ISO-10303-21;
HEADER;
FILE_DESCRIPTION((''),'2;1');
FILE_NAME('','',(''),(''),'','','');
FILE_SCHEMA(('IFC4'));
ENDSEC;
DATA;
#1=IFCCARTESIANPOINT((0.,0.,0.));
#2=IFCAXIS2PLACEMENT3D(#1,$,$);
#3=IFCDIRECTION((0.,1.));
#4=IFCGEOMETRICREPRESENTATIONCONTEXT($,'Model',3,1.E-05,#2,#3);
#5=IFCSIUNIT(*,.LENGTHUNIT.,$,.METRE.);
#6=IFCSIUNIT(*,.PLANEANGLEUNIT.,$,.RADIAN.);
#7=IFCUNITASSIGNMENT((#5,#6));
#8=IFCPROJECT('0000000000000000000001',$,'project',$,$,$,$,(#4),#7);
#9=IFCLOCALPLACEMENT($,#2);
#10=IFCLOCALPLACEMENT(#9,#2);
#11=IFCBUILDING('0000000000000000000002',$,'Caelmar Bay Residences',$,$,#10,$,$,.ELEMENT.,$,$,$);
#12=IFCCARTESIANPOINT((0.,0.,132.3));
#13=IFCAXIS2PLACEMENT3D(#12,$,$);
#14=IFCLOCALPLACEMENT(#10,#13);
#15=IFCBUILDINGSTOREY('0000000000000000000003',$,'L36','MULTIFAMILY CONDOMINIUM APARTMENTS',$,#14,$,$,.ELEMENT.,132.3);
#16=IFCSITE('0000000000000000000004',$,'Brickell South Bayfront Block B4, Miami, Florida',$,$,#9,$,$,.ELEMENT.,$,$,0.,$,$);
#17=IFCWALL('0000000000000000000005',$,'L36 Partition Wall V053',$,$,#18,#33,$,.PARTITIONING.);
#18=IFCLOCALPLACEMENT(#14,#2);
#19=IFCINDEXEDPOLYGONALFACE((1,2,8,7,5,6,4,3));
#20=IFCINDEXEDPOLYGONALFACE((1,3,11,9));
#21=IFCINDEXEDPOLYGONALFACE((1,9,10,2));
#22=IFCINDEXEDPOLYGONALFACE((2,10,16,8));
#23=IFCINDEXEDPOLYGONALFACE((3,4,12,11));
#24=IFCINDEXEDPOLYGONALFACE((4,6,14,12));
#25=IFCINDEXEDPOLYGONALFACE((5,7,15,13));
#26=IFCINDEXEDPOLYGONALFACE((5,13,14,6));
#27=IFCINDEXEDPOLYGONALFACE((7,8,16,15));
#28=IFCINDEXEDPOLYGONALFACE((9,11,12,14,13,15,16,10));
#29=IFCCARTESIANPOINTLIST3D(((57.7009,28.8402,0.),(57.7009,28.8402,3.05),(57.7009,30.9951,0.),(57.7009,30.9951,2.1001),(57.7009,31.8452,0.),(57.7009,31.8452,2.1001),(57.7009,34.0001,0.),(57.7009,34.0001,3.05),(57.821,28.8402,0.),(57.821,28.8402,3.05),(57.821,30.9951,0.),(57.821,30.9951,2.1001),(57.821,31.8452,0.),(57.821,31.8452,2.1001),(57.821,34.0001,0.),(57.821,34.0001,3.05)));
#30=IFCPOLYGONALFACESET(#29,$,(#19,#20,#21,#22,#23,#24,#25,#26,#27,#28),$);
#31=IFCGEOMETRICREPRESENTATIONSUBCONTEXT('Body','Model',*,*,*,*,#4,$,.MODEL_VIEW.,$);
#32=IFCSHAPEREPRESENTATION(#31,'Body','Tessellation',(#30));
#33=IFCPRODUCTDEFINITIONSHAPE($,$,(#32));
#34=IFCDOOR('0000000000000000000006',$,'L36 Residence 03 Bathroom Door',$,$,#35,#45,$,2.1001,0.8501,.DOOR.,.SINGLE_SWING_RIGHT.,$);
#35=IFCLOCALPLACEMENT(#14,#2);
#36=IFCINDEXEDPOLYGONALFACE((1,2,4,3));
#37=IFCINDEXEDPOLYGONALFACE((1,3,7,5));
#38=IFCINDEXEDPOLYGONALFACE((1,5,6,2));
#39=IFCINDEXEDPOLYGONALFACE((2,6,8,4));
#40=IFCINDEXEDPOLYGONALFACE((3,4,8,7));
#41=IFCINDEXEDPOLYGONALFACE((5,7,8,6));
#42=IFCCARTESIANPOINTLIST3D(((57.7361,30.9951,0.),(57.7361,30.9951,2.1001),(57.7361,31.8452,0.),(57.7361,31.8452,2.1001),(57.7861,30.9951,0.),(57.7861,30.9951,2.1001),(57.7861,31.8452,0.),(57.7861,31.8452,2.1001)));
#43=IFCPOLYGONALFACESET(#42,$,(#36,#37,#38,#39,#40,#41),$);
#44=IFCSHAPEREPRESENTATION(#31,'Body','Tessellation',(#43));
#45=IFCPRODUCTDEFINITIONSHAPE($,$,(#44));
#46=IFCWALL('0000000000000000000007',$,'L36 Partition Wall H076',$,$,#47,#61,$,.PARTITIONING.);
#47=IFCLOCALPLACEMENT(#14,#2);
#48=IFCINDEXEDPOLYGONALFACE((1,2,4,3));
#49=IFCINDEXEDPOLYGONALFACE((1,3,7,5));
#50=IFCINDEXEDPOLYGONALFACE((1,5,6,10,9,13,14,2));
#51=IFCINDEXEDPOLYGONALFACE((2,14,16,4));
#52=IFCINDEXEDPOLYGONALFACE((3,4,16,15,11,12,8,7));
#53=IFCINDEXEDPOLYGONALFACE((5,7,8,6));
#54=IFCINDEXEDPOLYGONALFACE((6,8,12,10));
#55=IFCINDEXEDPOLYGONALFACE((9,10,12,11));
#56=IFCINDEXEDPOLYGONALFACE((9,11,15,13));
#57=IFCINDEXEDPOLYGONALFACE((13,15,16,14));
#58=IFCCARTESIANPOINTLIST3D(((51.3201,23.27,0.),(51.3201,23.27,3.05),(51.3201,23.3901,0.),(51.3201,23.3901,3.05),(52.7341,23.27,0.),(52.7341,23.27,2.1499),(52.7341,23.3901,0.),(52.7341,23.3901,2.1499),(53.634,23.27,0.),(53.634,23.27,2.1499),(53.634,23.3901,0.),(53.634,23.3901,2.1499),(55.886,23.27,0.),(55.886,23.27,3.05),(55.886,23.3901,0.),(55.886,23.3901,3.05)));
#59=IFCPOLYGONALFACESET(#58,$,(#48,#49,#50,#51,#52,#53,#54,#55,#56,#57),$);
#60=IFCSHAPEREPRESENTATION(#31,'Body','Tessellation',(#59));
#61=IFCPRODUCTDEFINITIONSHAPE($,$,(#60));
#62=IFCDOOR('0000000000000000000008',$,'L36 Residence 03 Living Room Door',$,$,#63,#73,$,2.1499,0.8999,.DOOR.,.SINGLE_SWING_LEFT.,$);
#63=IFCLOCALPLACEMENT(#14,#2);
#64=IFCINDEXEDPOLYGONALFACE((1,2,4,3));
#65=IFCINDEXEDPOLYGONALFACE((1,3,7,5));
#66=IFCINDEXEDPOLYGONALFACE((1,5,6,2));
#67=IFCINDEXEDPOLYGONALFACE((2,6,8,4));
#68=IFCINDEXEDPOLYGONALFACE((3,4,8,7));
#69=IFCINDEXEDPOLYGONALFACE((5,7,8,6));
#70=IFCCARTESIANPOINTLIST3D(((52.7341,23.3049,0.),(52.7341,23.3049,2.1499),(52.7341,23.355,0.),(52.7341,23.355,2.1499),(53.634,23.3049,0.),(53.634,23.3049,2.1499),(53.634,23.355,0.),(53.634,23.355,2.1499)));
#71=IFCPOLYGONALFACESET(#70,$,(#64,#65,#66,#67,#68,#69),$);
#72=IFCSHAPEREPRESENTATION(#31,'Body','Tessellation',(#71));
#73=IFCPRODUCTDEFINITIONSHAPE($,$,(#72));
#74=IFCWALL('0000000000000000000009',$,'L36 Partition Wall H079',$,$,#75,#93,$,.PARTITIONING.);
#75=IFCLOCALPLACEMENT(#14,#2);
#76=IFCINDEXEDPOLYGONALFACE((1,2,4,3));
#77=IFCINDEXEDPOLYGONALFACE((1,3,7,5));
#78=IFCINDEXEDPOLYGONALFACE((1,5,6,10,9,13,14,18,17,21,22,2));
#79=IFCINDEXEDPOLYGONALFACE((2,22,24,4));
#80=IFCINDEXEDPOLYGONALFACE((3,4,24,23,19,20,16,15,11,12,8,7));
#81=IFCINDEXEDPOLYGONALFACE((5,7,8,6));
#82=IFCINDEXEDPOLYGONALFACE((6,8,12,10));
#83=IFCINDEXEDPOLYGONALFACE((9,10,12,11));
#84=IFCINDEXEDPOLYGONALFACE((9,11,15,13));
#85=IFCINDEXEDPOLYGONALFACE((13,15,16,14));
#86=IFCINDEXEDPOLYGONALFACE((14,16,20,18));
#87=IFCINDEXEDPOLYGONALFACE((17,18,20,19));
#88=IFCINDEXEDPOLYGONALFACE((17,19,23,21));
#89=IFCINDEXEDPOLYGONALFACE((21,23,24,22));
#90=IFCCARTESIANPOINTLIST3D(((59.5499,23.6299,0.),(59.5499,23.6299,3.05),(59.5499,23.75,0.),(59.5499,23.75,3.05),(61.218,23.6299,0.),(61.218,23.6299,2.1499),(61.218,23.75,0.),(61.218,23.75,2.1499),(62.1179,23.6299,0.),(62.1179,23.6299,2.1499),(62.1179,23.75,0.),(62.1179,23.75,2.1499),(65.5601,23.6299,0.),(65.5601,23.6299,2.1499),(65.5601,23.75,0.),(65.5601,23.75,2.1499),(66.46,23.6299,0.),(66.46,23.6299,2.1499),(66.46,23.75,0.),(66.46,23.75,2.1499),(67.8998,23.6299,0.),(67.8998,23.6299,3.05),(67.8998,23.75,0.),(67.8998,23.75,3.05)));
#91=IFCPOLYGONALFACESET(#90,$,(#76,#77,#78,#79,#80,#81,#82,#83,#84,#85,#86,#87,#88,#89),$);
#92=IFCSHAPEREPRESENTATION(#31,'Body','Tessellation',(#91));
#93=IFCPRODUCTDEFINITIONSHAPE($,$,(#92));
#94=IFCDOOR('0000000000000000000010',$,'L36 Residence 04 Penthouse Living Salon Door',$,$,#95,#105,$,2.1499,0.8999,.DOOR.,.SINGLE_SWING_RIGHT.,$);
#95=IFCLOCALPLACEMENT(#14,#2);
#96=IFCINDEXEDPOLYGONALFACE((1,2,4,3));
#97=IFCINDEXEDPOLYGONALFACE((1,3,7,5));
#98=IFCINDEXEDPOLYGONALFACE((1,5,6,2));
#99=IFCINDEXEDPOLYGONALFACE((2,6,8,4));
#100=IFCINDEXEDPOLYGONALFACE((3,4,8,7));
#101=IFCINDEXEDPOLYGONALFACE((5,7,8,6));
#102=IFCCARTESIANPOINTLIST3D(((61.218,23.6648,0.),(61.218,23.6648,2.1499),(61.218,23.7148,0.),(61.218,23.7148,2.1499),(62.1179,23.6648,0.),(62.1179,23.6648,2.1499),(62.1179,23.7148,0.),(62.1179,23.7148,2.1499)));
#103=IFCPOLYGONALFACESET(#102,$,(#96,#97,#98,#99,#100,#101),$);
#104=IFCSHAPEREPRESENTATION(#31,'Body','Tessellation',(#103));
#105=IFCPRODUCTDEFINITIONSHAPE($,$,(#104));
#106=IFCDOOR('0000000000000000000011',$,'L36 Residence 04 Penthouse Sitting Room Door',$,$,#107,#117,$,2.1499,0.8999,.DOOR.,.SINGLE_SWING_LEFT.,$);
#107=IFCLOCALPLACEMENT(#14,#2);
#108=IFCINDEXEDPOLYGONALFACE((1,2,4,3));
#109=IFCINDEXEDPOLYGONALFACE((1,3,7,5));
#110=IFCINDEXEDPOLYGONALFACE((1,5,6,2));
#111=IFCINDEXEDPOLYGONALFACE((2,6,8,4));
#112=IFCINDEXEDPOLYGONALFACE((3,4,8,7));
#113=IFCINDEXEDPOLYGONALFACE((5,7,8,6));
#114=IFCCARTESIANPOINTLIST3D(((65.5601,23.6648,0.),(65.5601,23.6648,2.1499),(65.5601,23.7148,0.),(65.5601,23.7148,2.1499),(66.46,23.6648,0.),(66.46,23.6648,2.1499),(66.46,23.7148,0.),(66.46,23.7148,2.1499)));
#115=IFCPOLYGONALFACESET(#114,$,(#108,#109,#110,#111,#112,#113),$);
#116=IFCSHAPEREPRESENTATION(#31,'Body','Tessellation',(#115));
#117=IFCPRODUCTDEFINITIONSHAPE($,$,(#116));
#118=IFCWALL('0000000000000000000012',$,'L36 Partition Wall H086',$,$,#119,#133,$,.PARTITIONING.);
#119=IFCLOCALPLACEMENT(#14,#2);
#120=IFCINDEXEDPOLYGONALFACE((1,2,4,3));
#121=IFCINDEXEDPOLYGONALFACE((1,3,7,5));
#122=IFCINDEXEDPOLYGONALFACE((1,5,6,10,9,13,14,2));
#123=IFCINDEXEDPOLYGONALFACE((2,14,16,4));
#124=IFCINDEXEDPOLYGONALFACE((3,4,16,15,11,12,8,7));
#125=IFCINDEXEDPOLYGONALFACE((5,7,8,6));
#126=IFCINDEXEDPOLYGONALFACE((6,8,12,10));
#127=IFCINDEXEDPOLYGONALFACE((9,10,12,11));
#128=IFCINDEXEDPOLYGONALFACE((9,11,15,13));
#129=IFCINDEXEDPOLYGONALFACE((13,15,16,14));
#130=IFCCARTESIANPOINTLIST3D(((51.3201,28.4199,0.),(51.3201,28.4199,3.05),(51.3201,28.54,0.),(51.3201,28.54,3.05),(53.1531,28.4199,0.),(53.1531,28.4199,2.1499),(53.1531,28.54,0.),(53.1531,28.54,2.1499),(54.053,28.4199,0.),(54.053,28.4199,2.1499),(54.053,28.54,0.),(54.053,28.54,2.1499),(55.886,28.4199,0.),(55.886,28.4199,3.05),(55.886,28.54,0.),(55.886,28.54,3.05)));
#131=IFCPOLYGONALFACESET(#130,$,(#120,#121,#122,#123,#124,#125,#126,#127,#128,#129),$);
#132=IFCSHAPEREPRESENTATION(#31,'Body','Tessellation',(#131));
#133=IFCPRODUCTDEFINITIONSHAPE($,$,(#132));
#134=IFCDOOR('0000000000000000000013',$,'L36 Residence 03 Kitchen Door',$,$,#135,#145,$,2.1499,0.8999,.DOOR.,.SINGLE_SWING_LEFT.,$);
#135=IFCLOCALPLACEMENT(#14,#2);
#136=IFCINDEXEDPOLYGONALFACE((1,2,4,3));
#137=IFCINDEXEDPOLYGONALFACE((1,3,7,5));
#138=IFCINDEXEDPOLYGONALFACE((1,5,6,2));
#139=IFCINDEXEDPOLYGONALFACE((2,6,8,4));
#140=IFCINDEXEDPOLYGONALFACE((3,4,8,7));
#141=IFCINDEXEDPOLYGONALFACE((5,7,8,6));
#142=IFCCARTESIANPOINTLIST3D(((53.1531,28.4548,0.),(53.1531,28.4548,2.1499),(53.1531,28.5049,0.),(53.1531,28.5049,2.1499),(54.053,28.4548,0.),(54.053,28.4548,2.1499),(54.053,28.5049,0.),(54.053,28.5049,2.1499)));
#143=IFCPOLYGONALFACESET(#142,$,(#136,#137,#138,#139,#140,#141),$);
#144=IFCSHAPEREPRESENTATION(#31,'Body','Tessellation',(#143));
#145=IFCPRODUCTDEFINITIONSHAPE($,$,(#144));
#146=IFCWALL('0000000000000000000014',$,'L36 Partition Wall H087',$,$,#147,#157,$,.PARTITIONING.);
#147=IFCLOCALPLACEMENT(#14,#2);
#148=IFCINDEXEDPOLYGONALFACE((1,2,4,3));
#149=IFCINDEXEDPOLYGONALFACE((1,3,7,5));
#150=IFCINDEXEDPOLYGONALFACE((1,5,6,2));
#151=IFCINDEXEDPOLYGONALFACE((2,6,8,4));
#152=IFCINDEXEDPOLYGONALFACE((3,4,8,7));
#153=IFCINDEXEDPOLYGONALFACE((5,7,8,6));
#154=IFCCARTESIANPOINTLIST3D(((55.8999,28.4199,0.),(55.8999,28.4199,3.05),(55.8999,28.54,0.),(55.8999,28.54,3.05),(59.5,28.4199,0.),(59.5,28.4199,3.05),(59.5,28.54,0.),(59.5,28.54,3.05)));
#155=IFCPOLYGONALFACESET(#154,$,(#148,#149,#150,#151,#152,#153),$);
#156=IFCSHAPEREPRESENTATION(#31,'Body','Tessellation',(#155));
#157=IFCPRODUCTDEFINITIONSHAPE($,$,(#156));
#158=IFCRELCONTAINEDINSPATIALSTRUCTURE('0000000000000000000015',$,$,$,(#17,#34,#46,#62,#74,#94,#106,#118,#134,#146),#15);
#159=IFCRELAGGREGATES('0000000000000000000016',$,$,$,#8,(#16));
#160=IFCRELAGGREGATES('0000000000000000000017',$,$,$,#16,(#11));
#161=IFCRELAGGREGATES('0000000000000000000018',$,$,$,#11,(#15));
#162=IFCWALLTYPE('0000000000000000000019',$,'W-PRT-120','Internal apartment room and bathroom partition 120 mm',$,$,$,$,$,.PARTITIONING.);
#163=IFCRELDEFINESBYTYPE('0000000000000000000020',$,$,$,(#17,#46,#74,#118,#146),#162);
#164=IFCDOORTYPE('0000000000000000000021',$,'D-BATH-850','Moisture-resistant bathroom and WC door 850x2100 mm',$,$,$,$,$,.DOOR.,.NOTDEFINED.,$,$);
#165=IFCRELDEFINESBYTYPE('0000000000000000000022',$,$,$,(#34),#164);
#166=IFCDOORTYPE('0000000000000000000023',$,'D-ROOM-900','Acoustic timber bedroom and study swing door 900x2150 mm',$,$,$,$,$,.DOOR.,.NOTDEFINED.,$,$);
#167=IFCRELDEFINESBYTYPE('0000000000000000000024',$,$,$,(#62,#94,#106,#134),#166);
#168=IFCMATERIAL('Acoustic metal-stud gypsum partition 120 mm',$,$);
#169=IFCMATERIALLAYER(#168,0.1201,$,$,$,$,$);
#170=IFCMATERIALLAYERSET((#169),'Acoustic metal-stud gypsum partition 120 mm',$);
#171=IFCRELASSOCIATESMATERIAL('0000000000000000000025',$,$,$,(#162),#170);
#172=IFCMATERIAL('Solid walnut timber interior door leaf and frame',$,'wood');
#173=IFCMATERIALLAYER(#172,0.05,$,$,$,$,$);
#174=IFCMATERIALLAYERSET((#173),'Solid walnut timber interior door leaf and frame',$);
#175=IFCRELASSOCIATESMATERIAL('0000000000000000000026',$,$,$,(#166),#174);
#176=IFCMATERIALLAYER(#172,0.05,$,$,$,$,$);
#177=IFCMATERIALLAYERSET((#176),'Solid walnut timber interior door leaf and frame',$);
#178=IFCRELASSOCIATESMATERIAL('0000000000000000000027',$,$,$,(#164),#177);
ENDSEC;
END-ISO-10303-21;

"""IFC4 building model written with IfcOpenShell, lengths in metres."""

from ifc_helpers import new_model, si_unit, direction, frame, frame_2d, origin, place, context, subcontext, project, spatial, rectangle, extrude, material, layer, layer_set, type_object, element, fill, save


model = new_model("IFC4")

# Units and contexts
model_context = context("Model", 3, precision=1e-05, world=origin(), true_north=direction((0.0, 1.0)))
body_context = subcontext(model_context, "Body", "Model", "MODEL_VIEW")
ifc_project = project(units=[si_unit("LENGTHUNIT", "METRE"), si_unit("PLANEANGLEUNIT", "RADIAN")], contexts=[model_context])

# Site, building, storey
site_placement = place(None, origin())
site = spatial("IfcSite", under=ifc_project, at=site_placement, Name="Brickell South Bayfront Block B4, Miami, Florida", CompositionType="ELEMENT", RefElevation=0.0)
building_placement = place(site_placement, origin())
building = spatial("IfcBuilding", under=site, at=building_placement, Name="Caelmar Bay Residences", CompositionType="ELEMENT")
storey_placement = place(building_placement, frame((0.0, 0.0, 132.3)))
storey = spatial("IfcBuildingStorey", under=building, at=storey_placement, Name="L36", Description="MULTIFAMILY CONDOMINIUM APARTMENTS", CompositionType="ELEMENT", Elevation=132.3)

# Shared definitions
ifc_material_1 = material(Name="Acoustic metal-stud gypsum partition 120 mm")
ifc_layer_1 = layer(ifc_material_1, 0.1201)
ifc_layer_set_1 = layer_set([ifc_layer_1], Name="Acoustic metal-stud gypsum partition 120 mm")
wall_type_1 = type_object("IfcWallType", Name="W-PRT-120", Description="Internal apartment room and bathroom partition 120 mm", PredefinedType="PARTITIONING", material=ifc_layer_set_1)
ifc_material_2 = material(Name="Solid walnut timber interior door leaf and frame", Category="wood")
ifc_layer_2 = layer(ifc_material_2, 0.05)
ifc_layer_set_2 = layer_set([ifc_layer_2], Name="Solid walnut timber interior door leaf and frame")
door_type_1 = type_object("IfcDoorType", Name="D-ROOM-900", Description="Acoustic timber bedroom and study swing door 900x2150 mm", OperationType="NOTDEFINED", PredefinedType="DOOR", material=ifc_layer_set_2)

# Walls, openings, doors
wall_1_placement = place(storey_placement, frame((57.761, 28.8401, 0.0), z_axis=(0.0, 0.0, 1.0), x_axis=(0.0, 1.0, 0.0)))
wall_1 = element("IfcWall", 1, at=wall_1_placement, inside=storey, type_object=wall_type_1, Name="L36 Partition Wall V053", PredefinedType="PARTITIONING", context=body_context, shape_type="SweptSolid", body=[
    extrude(rectangle(XDim=5.1599, YDim=0.1201, at=frame_2d((2.5801, 0.0))), origin(), (0.0, 0.0, 1.0), 3.05),
])
opening_1_placement = place(wall_1_placement, frame((2.155, 0.0, 0.0)))
opening_1 = element("IfcOpeningElement", 2, at=opening_1_placement, cuts=wall_1, PredefinedType="OPENING", context=body_context, shape_type="SweptSolid", body=[
    extrude(rectangle(XDim=0.8501, YDim=2.1001, at=frame_2d((0.425, 1.05))), frame((0.0, 0.0701, 0.0), z_axis=(0.0, -1.0, 0.0), x_axis=(1.0, 0.0, 0.0)), (0.0, 0.0, 1.0), 0.1401),
])
ifc_layer_3 = layer(ifc_material_2, 0.05)
ifc_layer_set_3 = layer_set([ifc_layer_3], Name="Solid walnut timber interior door leaf and frame")
door_type_2 = type_object("IfcDoorType", Name="D-BATH-850", Description="Moisture-resistant bathroom and WC door 850x2100 mm", OperationType="NOTDEFINED", PredefinedType="DOOR", material=ifc_layer_set_3)
door_1_placement = place(opening_1_placement, origin())
door_1 = element("IfcDoor", 3, at=door_1_placement, inside=storey, type_object=door_type_2, Name="L36 Residence 03 Bathroom Door", OperationType="SINGLE_SWING_RIGHT", OverallHeight=2.1001, OverallWidth=0.8501, PredefinedType="DOOR", context=body_context, shape_type="SweptSolid", body=[
    extrude(rectangle(XDim=0.8501, YDim=2.1001, at=frame_2d((0.425, 1.05))), frame((0.0, 0.0249, 0.0), z_axis=(0.0, -1.0, 0.0), x_axis=(1.0, 0.0, 0.0)), (0.0, 0.0, 1.0), 0.05),
])
fill(opening_1, door_1)
wall_2_placement = place(storey_placement, frame((51.3201, 23.3301, 0.0), z_axis=(0.0, 0.0, 1.0), x_axis=(1.0, 0.0, 0.0)))
wall_2 = element("IfcWall", 4, at=wall_2_placement, inside=storey, type_object=wall_type_1, Name="L36 Partition Wall H076", PredefinedType="PARTITIONING", context=body_context, shape_type="SweptSolid", body=[
    extrude(rectangle(XDim=4.5659, YDim=0.1201, at=frame_2d((2.283, 0.0))), origin(), (0.0, 0.0, 1.0), 3.05),
])
opening_2_placement = place(wall_2_placement, frame((1.4141, 0.0, 0.0)))
opening_2 = element("IfcOpeningElement", 5, at=opening_2_placement, cuts=wall_2, PredefinedType="OPENING", context=body_context, shape_type="SweptSolid", body=[
    extrude(rectangle(XDim=0.8999, YDim=2.1499, at=frame_2d((0.45, 1.075))), frame((0.0, 0.0701, 0.0), z_axis=(0.0, -1.0, 0.0), x_axis=(1.0, 0.0, 0.0)), (0.0, 0.0, 1.0), 0.1401),
])
door_2_placement = place(opening_2_placement, origin())
door_2 = element("IfcDoor", 6, at=door_2_placement, inside=storey, type_object=door_type_1, Name="L36 Residence 03 Living Room Door", OperationType="SINGLE_SWING_LEFT", OverallHeight=2.1499, OverallWidth=0.8999, PredefinedType="DOOR", context=body_context, shape_type="SweptSolid", body=[
    extrude(rectangle(XDim=0.8999, YDim=2.1499, at=frame_2d((0.45, 1.075))), frame((0.0, 0.0249, 0.0), z_axis=(0.0, -1.0, 0.0), x_axis=(1.0, 0.0, 0.0)), (0.0, 0.0, 1.0), 0.05),
])
fill(opening_2, door_2)

# Wall, openings, doors
wall_3_placement = place(storey_placement, frame((59.55, 23.6899, 0.0), z_axis=(0.0, 0.0, 1.0), x_axis=(1.0, 0.0, 0.0)))
wall_3 = element("IfcWall", 7, at=wall_3_placement, inside=storey, type_object=wall_type_1, Name="L36 Partition Wall H079", PredefinedType="PARTITIONING", context=body_context, shape_type="SweptSolid", body=[
    extrude(rectangle(XDim=8.3499, YDim=0.1201, at=frame_2d((4.1748, 0.0))), origin(), (0.0, 0.0, 1.0), 3.05),
])
opening_3_placement = place(wall_3_placement, frame((1.668, 0.0, 0.0)))
opening_3 = element("IfcOpeningElement", 8, at=opening_3_placement, cuts=wall_3, PredefinedType="OPENING", context=body_context, shape_type="SweptSolid", body=[
    extrude(rectangle(XDim=0.8999, YDim=2.1499, at=frame_2d((0.45, 1.075))), frame((0.0, 0.0701, 0.0), z_axis=(0.0, -1.0, 0.0), x_axis=(1.0, 0.0, 0.0)), (0.0, 0.0, 1.0), 0.1401),
])
opening_4_placement = place(wall_3_placement, frame((6.01, 0.0, 0.0)))
opening_4 = element("IfcOpeningElement", 9, at=opening_4_placement, cuts=wall_3, PredefinedType="OPENING", context=body_context, shape_type="SweptSolid", body=[
    extrude(rectangle(XDim=0.8999, YDim=2.1499, at=frame_2d((0.45, 1.075))), frame((0.0, 0.0701, 0.0), z_axis=(0.0, -1.0, 0.0), x_axis=(1.0, 0.0, 0.0)), (0.0, 0.0, 1.0), 0.1401),
])
door_3_placement = place(opening_3_placement, origin())
door_3 = element("IfcDoor", 10, at=door_3_placement, inside=storey, type_object=door_type_1, Name="L36 Residence 04 Penthouse Living Salon Door", OperationType="SINGLE_SWING_RIGHT", OverallHeight=2.1499, OverallWidth=0.8999, PredefinedType="DOOR", context=body_context, shape_type="SweptSolid", body=[
    extrude(rectangle(XDim=0.8999, YDim=2.1499, at=frame_2d((0.45, 1.075))), frame((0.0, 0.0249, 0.0), z_axis=(0.0, -1.0, 0.0), x_axis=(1.0, 0.0, 0.0)), (0.0, 0.0, 1.0), 0.05),
])
fill(opening_3, door_3)
door_4_placement = place(opening_4_placement, origin())
door_4 = element("IfcDoor", 11, at=door_4_placement, inside=storey, type_object=door_type_1, Name="L36 Residence 04 Penthouse Sitting Room Door", OperationType="SINGLE_SWING_LEFT", OverallHeight=2.1499, OverallWidth=0.8999, PredefinedType="DOOR", context=body_context, shape_type="SweptSolid", body=[
    extrude(rectangle(XDim=0.8999, YDim=2.1499, at=frame_2d((0.45, 1.075))), frame((0.0, 0.0249, 0.0), z_axis=(0.0, -1.0, 0.0), x_axis=(1.0, 0.0, 0.0)), (0.0, 0.0, 1.0), 0.05),
])
fill(opening_4, door_4)

# Wall, opening, door
wall_4_placement = place(storey_placement, frame((51.3201, 28.48, 0.0), z_axis=(0.0, 0.0, 1.0), x_axis=(1.0, 0.0, 0.0)))
wall_4 = element("IfcWall", 12, at=wall_4_placement, inside=storey, type_object=wall_type_1, Name="L36 Partition Wall H086", PredefinedType="PARTITIONING", context=body_context, shape_type="SweptSolid", body=[
    extrude(rectangle(XDim=4.5659, YDim=0.1201, at=frame_2d((2.283, 0.0))), origin(), (0.0, 0.0, 1.0), 3.05),
])
opening_5_placement = place(wall_4_placement, frame((1.833, 0.0, 0.0)))
opening_5 = element("IfcOpeningElement", 13, at=opening_5_placement, cuts=wall_4, PredefinedType="OPENING", context=body_context, shape_type="SweptSolid", body=[
    extrude(rectangle(XDim=0.8999, YDim=2.1499, at=frame_2d((0.45, 1.075))), frame((0.0, 0.0701, 0.0), z_axis=(0.0, -1.0, 0.0), x_axis=(1.0, 0.0, 0.0)), (0.0, 0.0, 1.0), 0.1401),
])
door_5_placement = place(opening_5_placement, origin())
door_5 = element("IfcDoor", 14, at=door_5_placement, inside=storey, type_object=door_type_1, Name="L36 Residence 03 Kitchen Door", OperationType="SINGLE_SWING_LEFT", OverallHeight=2.1499, OverallWidth=0.8999, PredefinedType="DOOR", context=body_context, shape_type="SweptSolid", body=[
    extrude(rectangle(XDim=0.8999, YDim=2.1499, at=frame_2d((0.45, 1.075))), frame((0.0, 0.0249, 0.0), z_axis=(0.0, -1.0, 0.0), x_axis=(1.0, 0.0, 0.0)), (0.0, 0.0, 1.0), 0.05),
])
fill(opening_5, door_5)

# Wall
wall_5_placement = place(storey_placement, frame((55.8999, 28.48, 0.0), z_axis=(0.0, 0.0, 1.0), x_axis=(1.0, 0.0, 0.0)))
element("IfcWall", 15, at=wall_5_placement, inside=storey, type_object=wall_type_1, Name="L36 Partition Wall H087", PredefinedType="PARTITIONING", context=body_context, shape_type="SweptSolid", body=[
    extrude(rectangle(XDim=3.6001, YDim=0.1201, at=frame_2d((1.8, 0.0))), origin(), (0.0, 0.0, 1.0), 3.05),
])

save(model, "model.ifc")
